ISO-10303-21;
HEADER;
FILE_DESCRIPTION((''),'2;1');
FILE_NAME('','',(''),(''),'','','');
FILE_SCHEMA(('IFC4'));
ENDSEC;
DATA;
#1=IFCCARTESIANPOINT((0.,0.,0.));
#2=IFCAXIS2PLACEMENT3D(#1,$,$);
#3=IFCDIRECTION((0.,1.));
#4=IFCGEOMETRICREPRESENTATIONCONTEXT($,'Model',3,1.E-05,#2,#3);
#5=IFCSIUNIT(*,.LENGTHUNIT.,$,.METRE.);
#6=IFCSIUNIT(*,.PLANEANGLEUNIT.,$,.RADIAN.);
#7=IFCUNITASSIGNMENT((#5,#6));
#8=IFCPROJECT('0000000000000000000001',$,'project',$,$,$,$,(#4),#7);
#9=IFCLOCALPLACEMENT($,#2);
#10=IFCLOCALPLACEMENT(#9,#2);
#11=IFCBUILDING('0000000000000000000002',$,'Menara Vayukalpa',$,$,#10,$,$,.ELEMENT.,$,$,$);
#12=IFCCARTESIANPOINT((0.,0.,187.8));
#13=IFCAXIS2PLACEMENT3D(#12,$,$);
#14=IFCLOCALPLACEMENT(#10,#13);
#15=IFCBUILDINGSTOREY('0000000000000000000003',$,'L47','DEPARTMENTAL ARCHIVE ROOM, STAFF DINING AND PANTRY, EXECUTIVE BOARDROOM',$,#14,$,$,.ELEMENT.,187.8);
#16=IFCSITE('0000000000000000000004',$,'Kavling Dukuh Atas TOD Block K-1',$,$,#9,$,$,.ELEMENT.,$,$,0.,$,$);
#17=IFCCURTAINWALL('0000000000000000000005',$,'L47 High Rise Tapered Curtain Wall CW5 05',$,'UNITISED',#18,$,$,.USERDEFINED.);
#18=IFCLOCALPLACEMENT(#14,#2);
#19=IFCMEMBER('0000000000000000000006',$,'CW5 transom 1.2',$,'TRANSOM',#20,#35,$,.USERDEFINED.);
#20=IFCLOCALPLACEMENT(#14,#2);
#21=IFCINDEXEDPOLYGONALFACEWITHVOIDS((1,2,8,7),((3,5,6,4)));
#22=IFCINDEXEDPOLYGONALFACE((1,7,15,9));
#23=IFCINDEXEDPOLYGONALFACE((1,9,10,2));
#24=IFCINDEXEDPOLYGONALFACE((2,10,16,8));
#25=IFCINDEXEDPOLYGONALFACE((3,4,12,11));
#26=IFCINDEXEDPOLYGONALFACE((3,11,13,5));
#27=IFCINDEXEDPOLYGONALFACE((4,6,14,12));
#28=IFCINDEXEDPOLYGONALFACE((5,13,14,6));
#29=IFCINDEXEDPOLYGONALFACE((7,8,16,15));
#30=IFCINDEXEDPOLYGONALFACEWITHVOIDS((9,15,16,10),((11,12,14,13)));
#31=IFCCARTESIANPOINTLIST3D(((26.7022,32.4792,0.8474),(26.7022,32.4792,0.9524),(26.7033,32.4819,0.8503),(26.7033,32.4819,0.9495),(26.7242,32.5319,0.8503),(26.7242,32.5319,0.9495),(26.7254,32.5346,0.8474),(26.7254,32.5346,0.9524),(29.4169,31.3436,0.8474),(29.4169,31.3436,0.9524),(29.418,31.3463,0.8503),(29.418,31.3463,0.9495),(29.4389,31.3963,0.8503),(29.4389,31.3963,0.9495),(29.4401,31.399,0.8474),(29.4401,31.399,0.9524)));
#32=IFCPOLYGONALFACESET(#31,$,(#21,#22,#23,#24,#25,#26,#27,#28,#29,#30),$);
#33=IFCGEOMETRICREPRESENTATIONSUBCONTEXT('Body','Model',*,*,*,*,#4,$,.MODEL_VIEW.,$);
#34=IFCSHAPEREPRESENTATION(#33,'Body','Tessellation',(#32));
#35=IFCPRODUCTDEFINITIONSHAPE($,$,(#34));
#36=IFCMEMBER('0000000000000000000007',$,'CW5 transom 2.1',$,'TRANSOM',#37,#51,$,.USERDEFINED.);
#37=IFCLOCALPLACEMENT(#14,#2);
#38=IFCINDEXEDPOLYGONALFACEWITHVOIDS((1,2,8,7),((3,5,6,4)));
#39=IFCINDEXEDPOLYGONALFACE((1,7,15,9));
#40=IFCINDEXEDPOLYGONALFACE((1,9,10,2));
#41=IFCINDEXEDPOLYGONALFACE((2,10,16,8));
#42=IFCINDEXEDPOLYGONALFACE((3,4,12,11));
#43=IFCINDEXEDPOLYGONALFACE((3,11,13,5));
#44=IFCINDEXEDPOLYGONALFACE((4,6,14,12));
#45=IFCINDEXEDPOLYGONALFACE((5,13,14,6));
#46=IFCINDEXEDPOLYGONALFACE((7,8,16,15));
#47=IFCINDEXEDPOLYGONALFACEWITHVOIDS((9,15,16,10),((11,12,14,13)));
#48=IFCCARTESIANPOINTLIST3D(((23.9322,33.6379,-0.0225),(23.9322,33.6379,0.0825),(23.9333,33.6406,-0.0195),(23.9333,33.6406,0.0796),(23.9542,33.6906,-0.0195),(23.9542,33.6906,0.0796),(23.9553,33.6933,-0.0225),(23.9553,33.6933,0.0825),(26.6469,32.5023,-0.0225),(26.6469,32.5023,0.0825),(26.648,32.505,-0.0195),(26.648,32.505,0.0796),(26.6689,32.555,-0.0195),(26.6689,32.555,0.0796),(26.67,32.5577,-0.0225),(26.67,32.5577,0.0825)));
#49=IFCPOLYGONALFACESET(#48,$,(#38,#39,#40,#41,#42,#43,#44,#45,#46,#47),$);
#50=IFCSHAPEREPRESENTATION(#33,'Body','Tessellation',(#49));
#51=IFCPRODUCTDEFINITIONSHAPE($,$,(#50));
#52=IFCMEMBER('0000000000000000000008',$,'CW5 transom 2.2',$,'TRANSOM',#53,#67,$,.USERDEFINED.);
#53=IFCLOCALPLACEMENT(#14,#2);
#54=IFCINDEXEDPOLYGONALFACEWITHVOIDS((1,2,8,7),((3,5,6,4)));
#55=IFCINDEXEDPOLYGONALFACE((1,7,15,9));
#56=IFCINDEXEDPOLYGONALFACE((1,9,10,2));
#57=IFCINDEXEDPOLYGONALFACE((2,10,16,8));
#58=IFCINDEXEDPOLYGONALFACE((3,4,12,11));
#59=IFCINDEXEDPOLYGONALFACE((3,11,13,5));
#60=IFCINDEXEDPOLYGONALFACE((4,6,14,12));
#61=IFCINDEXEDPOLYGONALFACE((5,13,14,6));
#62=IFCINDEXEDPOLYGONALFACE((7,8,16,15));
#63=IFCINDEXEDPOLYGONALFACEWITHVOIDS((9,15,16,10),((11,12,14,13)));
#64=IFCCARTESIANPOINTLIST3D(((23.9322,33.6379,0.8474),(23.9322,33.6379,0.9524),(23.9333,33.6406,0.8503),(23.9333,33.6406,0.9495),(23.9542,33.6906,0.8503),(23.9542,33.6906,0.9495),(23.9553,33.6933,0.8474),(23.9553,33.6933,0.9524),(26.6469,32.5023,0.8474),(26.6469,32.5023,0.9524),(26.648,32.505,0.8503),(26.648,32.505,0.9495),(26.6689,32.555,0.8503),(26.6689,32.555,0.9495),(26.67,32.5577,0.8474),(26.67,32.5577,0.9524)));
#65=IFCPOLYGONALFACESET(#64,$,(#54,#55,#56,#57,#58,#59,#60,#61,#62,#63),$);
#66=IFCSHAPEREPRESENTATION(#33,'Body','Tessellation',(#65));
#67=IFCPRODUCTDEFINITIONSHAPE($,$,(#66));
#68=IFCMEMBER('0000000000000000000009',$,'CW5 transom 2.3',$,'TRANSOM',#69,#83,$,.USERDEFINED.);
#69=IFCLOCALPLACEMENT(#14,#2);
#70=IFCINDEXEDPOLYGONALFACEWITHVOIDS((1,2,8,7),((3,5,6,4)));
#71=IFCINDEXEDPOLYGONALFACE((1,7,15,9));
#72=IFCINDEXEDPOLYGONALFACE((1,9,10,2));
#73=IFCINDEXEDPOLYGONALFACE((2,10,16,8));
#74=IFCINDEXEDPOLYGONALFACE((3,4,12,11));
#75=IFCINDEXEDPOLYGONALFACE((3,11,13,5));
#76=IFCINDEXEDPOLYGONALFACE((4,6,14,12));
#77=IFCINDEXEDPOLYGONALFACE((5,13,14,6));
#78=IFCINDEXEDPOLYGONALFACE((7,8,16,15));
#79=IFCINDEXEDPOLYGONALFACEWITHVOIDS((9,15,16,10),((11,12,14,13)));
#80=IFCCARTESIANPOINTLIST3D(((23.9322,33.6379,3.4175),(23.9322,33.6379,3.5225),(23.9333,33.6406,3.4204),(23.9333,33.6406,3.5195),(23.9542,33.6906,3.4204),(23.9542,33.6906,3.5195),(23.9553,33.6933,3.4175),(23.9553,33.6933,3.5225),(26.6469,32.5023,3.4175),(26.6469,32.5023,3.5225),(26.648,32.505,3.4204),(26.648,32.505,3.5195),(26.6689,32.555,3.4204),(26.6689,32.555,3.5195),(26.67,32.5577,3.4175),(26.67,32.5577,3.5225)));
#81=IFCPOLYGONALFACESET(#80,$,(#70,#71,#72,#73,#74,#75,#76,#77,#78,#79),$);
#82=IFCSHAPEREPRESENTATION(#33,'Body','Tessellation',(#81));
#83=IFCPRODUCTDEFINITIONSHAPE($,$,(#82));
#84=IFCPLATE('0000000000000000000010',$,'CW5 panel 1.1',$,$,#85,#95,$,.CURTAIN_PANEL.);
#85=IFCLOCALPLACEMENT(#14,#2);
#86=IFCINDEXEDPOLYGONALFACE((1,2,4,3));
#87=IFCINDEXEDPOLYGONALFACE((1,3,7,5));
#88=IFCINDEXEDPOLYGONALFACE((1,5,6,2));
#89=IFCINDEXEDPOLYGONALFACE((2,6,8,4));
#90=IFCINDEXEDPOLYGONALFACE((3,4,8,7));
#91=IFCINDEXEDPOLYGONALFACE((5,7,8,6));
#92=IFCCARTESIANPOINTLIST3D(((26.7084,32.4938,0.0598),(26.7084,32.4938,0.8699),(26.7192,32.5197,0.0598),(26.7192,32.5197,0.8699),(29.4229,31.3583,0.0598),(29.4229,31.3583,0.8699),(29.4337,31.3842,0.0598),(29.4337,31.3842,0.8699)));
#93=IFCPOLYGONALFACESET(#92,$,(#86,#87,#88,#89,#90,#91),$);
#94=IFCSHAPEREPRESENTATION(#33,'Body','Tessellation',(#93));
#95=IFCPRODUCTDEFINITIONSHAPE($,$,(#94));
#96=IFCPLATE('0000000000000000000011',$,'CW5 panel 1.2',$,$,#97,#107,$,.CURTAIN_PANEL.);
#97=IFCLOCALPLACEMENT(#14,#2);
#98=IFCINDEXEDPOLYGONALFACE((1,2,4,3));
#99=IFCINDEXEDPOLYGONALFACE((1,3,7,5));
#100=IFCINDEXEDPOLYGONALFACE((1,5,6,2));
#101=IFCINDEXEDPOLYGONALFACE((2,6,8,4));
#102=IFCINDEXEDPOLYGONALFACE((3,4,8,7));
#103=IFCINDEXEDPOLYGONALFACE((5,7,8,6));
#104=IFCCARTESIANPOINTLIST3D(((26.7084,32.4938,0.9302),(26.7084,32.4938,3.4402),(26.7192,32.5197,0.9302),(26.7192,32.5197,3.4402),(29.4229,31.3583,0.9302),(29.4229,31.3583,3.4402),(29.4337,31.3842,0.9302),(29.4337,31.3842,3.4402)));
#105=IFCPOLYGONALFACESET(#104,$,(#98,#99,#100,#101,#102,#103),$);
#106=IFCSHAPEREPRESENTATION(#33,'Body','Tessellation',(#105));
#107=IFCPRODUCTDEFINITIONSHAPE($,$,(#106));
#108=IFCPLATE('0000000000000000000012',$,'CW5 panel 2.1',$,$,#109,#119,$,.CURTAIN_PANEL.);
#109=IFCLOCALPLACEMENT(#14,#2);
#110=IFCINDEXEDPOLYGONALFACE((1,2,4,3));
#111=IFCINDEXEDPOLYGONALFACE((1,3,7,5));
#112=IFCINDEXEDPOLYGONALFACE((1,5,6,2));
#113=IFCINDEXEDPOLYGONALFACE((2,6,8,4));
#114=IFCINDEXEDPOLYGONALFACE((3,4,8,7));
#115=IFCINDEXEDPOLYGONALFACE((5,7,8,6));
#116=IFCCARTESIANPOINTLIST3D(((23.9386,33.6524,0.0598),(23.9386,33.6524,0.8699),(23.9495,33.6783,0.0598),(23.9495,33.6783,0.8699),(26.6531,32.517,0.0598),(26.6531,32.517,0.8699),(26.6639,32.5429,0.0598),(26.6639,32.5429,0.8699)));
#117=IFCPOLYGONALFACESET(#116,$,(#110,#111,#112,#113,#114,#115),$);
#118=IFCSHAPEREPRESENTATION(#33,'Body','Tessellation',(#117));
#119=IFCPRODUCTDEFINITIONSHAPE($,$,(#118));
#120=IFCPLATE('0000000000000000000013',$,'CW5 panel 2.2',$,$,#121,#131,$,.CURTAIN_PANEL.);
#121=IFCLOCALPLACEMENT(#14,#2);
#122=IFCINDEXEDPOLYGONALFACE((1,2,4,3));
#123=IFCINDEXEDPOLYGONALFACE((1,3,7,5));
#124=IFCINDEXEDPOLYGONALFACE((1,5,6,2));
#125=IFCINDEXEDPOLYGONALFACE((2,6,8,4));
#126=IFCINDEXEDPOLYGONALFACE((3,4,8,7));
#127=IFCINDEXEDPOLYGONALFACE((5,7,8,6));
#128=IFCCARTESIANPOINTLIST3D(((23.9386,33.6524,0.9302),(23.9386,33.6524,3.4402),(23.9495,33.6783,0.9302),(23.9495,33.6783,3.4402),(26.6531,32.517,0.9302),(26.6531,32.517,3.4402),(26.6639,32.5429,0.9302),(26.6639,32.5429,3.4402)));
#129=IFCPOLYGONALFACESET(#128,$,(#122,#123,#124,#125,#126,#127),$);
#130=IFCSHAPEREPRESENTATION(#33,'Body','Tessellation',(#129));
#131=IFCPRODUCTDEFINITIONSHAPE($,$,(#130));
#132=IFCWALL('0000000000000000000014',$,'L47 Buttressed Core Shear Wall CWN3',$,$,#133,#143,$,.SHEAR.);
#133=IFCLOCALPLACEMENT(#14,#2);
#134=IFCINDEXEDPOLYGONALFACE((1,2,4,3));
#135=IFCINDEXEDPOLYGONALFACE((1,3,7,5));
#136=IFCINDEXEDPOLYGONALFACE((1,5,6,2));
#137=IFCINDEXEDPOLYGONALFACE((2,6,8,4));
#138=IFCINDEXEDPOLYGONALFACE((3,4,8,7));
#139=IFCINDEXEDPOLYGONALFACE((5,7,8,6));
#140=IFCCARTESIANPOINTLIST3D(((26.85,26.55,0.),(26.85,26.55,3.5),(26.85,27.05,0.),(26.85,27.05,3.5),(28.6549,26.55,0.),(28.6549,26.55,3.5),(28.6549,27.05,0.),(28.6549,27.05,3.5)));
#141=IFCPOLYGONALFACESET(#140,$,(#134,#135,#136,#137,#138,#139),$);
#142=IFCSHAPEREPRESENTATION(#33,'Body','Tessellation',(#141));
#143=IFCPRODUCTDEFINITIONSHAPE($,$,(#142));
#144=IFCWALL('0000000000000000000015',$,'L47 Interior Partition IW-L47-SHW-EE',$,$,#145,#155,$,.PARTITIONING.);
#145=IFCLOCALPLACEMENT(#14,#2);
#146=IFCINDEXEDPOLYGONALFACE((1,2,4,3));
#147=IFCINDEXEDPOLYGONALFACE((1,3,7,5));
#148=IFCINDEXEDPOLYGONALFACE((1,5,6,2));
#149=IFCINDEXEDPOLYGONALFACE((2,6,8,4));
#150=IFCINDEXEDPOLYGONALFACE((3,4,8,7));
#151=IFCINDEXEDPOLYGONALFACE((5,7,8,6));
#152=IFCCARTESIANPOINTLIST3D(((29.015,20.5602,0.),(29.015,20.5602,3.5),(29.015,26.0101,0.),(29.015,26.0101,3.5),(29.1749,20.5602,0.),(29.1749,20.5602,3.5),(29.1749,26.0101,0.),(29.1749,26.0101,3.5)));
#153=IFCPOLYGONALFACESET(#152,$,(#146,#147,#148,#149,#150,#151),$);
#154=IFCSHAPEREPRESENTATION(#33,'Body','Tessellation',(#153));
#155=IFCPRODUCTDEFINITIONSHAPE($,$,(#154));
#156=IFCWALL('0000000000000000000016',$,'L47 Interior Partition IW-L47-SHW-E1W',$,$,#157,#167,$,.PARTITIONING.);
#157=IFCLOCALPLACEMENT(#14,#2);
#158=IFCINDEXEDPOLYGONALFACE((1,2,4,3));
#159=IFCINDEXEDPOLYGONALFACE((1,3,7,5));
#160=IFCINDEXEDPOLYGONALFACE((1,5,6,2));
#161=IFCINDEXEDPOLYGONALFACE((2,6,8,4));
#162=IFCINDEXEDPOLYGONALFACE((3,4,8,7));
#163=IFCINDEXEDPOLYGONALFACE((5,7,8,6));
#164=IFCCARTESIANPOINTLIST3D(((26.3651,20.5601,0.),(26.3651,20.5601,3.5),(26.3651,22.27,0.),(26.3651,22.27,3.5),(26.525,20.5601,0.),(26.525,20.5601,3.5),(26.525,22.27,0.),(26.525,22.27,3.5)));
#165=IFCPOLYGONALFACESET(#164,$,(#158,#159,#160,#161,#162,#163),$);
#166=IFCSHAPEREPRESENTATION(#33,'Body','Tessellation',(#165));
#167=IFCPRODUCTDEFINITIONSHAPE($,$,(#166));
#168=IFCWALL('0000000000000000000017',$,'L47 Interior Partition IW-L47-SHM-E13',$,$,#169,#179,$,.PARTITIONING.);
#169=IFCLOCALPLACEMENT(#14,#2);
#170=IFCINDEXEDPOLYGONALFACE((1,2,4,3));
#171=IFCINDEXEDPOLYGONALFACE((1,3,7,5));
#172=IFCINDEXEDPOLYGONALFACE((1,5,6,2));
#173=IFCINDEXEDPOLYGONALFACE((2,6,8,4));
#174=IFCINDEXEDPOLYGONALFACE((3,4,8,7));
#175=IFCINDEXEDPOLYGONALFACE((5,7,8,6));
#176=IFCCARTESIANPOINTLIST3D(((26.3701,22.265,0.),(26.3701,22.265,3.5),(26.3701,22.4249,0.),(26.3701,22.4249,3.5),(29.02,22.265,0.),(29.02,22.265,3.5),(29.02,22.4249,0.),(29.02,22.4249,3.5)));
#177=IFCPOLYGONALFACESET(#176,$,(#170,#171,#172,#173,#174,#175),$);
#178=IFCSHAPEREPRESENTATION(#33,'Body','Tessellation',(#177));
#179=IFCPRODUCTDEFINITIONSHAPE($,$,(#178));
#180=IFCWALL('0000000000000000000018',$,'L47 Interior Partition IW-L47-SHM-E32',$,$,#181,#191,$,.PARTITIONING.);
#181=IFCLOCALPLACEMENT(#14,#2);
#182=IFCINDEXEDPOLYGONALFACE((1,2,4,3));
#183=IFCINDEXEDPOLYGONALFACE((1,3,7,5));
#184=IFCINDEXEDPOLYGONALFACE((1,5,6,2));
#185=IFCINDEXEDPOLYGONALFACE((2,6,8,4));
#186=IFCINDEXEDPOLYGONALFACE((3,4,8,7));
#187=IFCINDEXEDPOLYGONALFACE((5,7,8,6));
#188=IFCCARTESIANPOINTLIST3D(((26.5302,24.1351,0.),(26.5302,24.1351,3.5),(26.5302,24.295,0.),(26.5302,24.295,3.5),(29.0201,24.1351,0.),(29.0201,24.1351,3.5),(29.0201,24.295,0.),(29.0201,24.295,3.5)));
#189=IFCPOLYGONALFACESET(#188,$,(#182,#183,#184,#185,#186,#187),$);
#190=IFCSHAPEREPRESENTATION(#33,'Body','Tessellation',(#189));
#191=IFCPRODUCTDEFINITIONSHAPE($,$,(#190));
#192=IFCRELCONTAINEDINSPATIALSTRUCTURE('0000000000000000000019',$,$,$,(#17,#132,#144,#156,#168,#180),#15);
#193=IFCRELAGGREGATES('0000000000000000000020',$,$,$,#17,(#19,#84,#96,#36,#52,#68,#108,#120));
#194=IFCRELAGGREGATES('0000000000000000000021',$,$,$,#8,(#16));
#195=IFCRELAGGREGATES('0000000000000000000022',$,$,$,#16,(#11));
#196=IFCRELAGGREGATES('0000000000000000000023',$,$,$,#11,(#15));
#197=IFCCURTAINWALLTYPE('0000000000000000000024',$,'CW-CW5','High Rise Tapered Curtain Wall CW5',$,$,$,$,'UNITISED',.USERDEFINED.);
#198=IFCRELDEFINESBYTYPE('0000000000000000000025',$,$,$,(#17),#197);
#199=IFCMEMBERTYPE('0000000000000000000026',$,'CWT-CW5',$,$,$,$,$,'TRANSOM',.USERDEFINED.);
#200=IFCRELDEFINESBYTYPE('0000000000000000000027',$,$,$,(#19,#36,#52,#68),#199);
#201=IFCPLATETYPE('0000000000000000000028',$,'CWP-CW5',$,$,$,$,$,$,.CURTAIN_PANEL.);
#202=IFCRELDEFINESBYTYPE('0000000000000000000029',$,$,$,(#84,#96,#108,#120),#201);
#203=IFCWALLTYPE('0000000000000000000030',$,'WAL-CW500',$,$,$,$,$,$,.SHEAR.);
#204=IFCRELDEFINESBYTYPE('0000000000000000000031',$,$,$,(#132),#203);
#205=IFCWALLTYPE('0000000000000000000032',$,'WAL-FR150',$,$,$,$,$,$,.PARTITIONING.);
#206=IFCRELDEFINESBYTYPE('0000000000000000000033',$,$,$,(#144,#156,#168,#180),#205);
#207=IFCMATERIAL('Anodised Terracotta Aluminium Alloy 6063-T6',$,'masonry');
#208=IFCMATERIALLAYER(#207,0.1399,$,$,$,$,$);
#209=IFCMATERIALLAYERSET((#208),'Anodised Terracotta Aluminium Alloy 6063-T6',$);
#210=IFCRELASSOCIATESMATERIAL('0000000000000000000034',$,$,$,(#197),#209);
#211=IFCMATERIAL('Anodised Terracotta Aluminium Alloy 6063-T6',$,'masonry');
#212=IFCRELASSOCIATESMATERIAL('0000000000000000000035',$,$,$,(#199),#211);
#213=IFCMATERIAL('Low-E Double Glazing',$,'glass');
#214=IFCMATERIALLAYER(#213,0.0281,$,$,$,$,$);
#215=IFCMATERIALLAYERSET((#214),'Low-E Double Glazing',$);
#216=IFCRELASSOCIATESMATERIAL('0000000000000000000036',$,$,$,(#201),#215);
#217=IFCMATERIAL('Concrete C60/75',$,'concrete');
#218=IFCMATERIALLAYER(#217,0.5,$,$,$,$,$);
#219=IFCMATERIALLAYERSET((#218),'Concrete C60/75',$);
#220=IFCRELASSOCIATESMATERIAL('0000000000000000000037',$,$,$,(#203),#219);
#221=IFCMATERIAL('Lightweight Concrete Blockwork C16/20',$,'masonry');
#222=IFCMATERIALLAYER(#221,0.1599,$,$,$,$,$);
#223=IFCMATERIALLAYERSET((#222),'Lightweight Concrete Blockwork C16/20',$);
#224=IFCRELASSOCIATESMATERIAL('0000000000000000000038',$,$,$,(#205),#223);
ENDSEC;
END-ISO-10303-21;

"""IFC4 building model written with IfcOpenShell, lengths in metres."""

from ifc_helpers import new_model, si_unit, direction, frame, frame_2d, origin, origin_2d, place, context, subcontext, project, spatial, rectangle, hollow_rectangle, extrude, material, layer, layer_set, material_profile, profile_set, type_object, element, aggregate, save


model = new_model("IFC4")

# Units and contexts
model_context = context("Model", 3, precision=1e-05, world=origin(), true_north=direction((0.0, 1.0)))
body_context = subcontext(model_context, "Body", "Model", "MODEL_VIEW")
ifc_project = project(units=[si_unit("LENGTHUNIT", "METRE"), si_unit("PLANEANGLEUNIT", "RADIAN")], contexts=[model_context])

# Site, building, storey
site_placement = place(None, origin())
site = spatial("IfcSite", under=ifc_project, at=site_placement, Name="Kavling Dukuh Atas TOD Block K-1", CompositionType="ELEMENT", RefElevation=0.0)
building_placement = place(site_placement, origin())
building = spatial("IfcBuilding", under=site, at=building_placement, Name="Menara Vayukalpa", CompositionType="ELEMENT")
storey_placement = place(building_placement, frame((0.0, 0.0, 187.8)))
storey = spatial("IfcBuildingStorey", under=building, at=storey_placement, Name="L47", Description="DEPARTMENTAL ARCHIVE ROOM, STAFF DINING AND PANTRY, EXECUTIVE BOARDROOM", CompositionType="ELEMENT", Elevation=187.8)

# Curtain wall, members, plates
ifc_material_1 = material(Name="Anodised Terracotta Aluminium Alloy 6063-T6", Category="masonry")
ifc_layer_1 = layer(ifc_material_1, 0.1399)
ifc_layer_set_1 = layer_set([ifc_layer_1], Name="Anodised Terracotta Aluminium Alloy 6063-T6")
curtain_wall_type = type_object("IfcCurtainWallType", Name="CW-CW5", Description="High Rise Tapered Curtain Wall CW5", ElementType="UNITISED", PredefinedType="USERDEFINED", material=ifc_layer_set_1)
curtain_wall_placement = place(storey_placement, origin())
curtain_wall = element("IfcCurtainWall", 1, at=curtain_wall_placement, inside=storey, type_object=curtain_wall_type, Name="L47 High Rise Tapered Curtain Wall CW5 05", ObjectType="UNITISED", PredefinedType="USERDEFINED")
ifc_material_2 = material(Name="Anodised Terracotta Aluminium Alloy 6063-T6", Category="masonry")
ifc_material_profile_1 = material_profile(ifc_material_2, hollow_rectangle(XDim=0.0601, YDim=0.105, WallThickness=0.0029, at=origin_2d()), Name="ALU 60x105x3")
ifc_profile_set_1 = profile_set([ifc_material_profile_1], Name="Anodised Terracotta Aluminium Alloy 6063-T6")
member_type_1 = type_object("IfcMemberType", Name="CWT-CW5", ElementType="TRANSOM", PredefinedType="USERDEFINED", material=ifc_profile_set_1)
member_1_placement = place(storey_placement, frame((29.4285, 31.3713, 0.8999), z_axis=(-0.922543, 0.385893, 0.0), x_axis=(-0.385893, -0.922543, 0.0)))
member_1 = element("IfcMember", 2, at=member_1_placement, type_object=member_type_1, Name="CW5 transom 1.2", ObjectType="TRANSOM", PredefinedType="USERDEFINED", context=body_context, shape_type="SweptSolid", body=[
    extrude(hollow_rectangle(XDim=0.0601, YDim=0.105, WallThickness=0.0029, at=origin_2d()), origin(), (0.0, 0.0, 1.0), 2.9426),
])
member_2_placement = place(storey_placement, frame((26.6584, 32.53, 0.03), z_axis=(-0.922543, 0.385893, 0.0), x_axis=(-0.385893, -0.922543, 0.0)))
member_2 = element("IfcMember", 3, at=member_2_placement, type_object=member_type_1, Name="CW5 transom 2.1", ObjectType="TRANSOM", PredefinedType="USERDEFINED", context=body_context, shape_type="SweptSolid", body=[
    extrude(hollow_rectangle(XDim=0.0601, YDim=0.105, WallThickness=0.0029, at=origin_2d()), origin(), (0.0, 0.0, 1.0), 2.9426),
])
member_3_placement = place(storey_placement, frame((26.6584, 32.53, 0.8999), z_axis=(-0.922543, 0.385893, 0.0), x_axis=(-0.385893, -0.922543, 0.0)))
member_3 = element("IfcMember", 4, at=member_3_placement, type_object=member_type_1, Name="CW5 transom 2.2", ObjectType="TRANSOM", PredefinedType="USERDEFINED", context=body_context, shape_type="SweptSolid", body=[
    extrude(hollow_rectangle(XDim=0.0601, YDim=0.105, WallThickness=0.0029, at=origin_2d()), origin(), (0.0, 0.0, 1.0), 2.9426),
])
member_4_placement = place(storey_placement, frame((26.6584, 32.53, 3.47), z_axis=(-0.922543, 0.385893, 0.0), x_axis=(-0.385893, -0.922543, 0.0)))
member_4 = element("IfcMember", 5, at=member_4_placement, type_object=member_type_1, Name="CW5 transom 2.3", ObjectType="TRANSOM", PredefinedType="USERDEFINED", context=body_context, shape_type="SweptSolid", body=[
    extrude(hollow_rectangle(XDim=0.0601, YDim=0.105, WallThickness=0.0029, at=origin_2d()), origin(), (0.0, 0.0, 1.0), 2.9426),
])
ifc_material_3 = material(Name="Low-E Double Glazing", Category="glass")
ifc_layer_2 = layer(ifc_material_3, 0.0281)
ifc_layer_set_2 = layer_set([ifc_layer_2], Name="Low-E Double Glazing")
plate_type = type_object("IfcPlateType", Name="CWP-CW5", PredefinedType="CURTAIN_PANEL", material=ifc_layer_set_2)
plate_1_placement = place(storey_placement, frame((28.071, 31.939, 0.0598), z_axis=(0.0, 0.0, 1.0), x_axis=(-0.922539, 0.385903, 0.0)))
plate_1 = element("IfcPlate", 6, at=plate_1_placement, type_object=plate_type, Name="CW5 panel 1.1", PredefinedType="CURTAIN_PANEL", context=body_context, shape_type="SweptSolid", body=[
    extrude(rectangle(XDim=2.9424, YDim=0.0281, at=origin_2d()), origin(), (0.0, 0.0, 1.0), 0.8101),
])
plate_2_placement = place(storey_placement, frame((28.071, 31.939, 0.9302), z_axis=(0.0, 0.0, 1.0), x_axis=(-0.922539, 0.385903, 0.0)))
plate_2 = element("IfcPlate", 7, at=plate_2_placement, type_object=plate_type, Name="CW5 panel 1.2", PredefinedType="CURTAIN_PANEL", context=body_context, shape_type="SweptSolid", body=[
    extrude(rectangle(XDim=2.9424, YDim=0.0281, at=origin_2d()), origin(), (0.0, 0.0, 1.0), 2.51),
])
plate_3_placement = place(storey_placement, frame((25.3013, 33.0977, 0.0598), z_axis=(0.0, 0.0, 1.0), x_axis=(-0.922539, 0.385903, 0.0)))
plate_3 = element("IfcPlate", 8, at=plate_3_placement, type_object=plate_type, Name="CW5 panel 2.1", PredefinedType="CURTAIN_PANEL", context=body_context, shape_type="SweptSolid", body=[
    extrude(rectangle(XDim=2.9424, YDim=0.0281, at=origin_2d()), origin(), (0.0, 0.0, 1.0), 0.8101),
])
plate_4_placement = place(storey_placement, frame((25.3013, 33.0977, 0.9302), z_axis=(0.0, 0.0, 1.0), x_axis=(-0.922539, 0.385903, 0.0)))
plate_4 = element("IfcPlate", 9, at=plate_4_placement, type_object=plate_type, Name="CW5 panel 2.2", PredefinedType="CURTAIN_PANEL", context=body_context, shape_type="SweptSolid", body=[
    extrude(rectangle(XDim=2.9424, YDim=0.0281, at=origin_2d()), origin(), (0.0, 0.0, 1.0), 2.51),
])
aggregate(curtain_wall, [member_1, plate_1, plate_2, member_2, member_3, member_4, plate_3, plate_4])

# Walls
ifc_material_4 = material(Name="Concrete C60/75", Category="concrete")
ifc_layer_3 = layer(ifc_material_4, 0.5)
ifc_layer_set_3 = layer_set([ifc_layer_3], Name="Concrete C60/75")
wall_type_1 = type_object("IfcWallType", Name="WAL-CW500", PredefinedType="SHEAR", material=ifc_layer_set_3)
wall_1_placement = place(storey_placement, frame((26.8501, 26.8, 0.0), z_axis=(0.0, 0.0, 1.0), x_axis=(1.0, 0.0, 0.0)))
element("IfcWall", 10, at=wall_1_placement, inside=storey, type_object=wall_type_1, Name="L47 Buttressed Core Shear Wall CWN3", PredefinedType="SHEAR", context=body_context, shape_type="SweptSolid", body=[
    extrude(rectangle(XDim=1.8049, YDim=0.5, at=frame_2d((0.9023, 0.0))), origin(), (0.0, 0.0, 1.0), 3.5),
])
ifc_material_5 = material(Name="Lightweight Concrete Blockwork C16/20", Category="masonry")
ifc_layer_4 = layer(ifc_material_5, 0.1599)
ifc_layer_set_4 = layer_set([ifc_layer_4], Name="Lightweight Concrete Blockwork C16/20")
wall_type_2 = type_object("IfcWallType", Name="WAL-FR150", PredefinedType="PARTITIONING", material=ifc_layer_set_4)
wall_2_placement = place(storey_placement, frame((29.095, 20.5601, 0.0), z_axis=(0.0, 0.0, 1.0), x_axis=(0.0, 1.0, 0.0)))
element("IfcWall", 11, at=wall_2_placement, inside=storey, type_object=wall_type_2, Name="L47 Interior Partition IW-L47-SHW-EE", PredefinedType="PARTITIONING", context=body_context, shape_type="SweptSolid", body=[
    extrude(rectangle(XDim=5.45, YDim=0.1599, at=frame_2d((2.7251, 0.0))), origin(), (0.0, 0.0, 1.0), 3.5),
])
wall_3_placement = place(storey_placement, frame((26.4451, 20.5601, 0.0), z_axis=(0.0, 0.0, 1.0), x_axis=(0.0, 1.0, 0.0)))
element("IfcWall", 12, at=wall_3_placement, inside=storey, type_object=wall_type_2, Name="L47 Interior Partition IW-L47-SHW-E1W", PredefinedType="PARTITIONING", context=body_context, shape_type="SweptSolid", body=[
    extrude(rectangle(XDim=1.71, YDim=0.1599, at=frame_2d((0.855, 0.0))), origin(), (0.0, 0.0, 1.0), 3.5),
])
wall_4_placement = place(storey_placement, frame((26.3701, 22.345, 0.0), z_axis=(0.0, 0.0, 1.0), x_axis=(1.0, 0.0, 0.0)))
element("IfcWall", 13, at=wall_4_placement, inside=storey, type_object=wall_type_2, Name="L47 Interior Partition IW-L47-SHM-E13", PredefinedType="PARTITIONING", context=body_context, shape_type="SweptSolid", body=[
    extrude(rectangle(XDim=2.6499, YDim=0.1599, at=frame_2d((1.325, 0.0))), origin(), (0.0, 0.0, 1.0), 3.5),
])
wall_5_placement = place(storey_placement, frame((26.53, 24.2151, 0.0), z_axis=(0.0, 0.0, 1.0), x_axis=(1.0, 0.0, 0.0)))
element("IfcWall", 14, at=wall_5_placement, inside=storey, type_object=wall_type_2, Name="L47 Interior Partition IW-L47-SHM-E32", PredefinedType="PARTITIONING", context=body_context, shape_type="SweptSolid", body=[
    extrude(rectangle(XDim=2.49, YDim=0.1599, at=frame_2d((1.2451, 0.0))), origin(), (0.0, 0.0, 1.0), 3.5),
])

save(model, "model.ifc")
